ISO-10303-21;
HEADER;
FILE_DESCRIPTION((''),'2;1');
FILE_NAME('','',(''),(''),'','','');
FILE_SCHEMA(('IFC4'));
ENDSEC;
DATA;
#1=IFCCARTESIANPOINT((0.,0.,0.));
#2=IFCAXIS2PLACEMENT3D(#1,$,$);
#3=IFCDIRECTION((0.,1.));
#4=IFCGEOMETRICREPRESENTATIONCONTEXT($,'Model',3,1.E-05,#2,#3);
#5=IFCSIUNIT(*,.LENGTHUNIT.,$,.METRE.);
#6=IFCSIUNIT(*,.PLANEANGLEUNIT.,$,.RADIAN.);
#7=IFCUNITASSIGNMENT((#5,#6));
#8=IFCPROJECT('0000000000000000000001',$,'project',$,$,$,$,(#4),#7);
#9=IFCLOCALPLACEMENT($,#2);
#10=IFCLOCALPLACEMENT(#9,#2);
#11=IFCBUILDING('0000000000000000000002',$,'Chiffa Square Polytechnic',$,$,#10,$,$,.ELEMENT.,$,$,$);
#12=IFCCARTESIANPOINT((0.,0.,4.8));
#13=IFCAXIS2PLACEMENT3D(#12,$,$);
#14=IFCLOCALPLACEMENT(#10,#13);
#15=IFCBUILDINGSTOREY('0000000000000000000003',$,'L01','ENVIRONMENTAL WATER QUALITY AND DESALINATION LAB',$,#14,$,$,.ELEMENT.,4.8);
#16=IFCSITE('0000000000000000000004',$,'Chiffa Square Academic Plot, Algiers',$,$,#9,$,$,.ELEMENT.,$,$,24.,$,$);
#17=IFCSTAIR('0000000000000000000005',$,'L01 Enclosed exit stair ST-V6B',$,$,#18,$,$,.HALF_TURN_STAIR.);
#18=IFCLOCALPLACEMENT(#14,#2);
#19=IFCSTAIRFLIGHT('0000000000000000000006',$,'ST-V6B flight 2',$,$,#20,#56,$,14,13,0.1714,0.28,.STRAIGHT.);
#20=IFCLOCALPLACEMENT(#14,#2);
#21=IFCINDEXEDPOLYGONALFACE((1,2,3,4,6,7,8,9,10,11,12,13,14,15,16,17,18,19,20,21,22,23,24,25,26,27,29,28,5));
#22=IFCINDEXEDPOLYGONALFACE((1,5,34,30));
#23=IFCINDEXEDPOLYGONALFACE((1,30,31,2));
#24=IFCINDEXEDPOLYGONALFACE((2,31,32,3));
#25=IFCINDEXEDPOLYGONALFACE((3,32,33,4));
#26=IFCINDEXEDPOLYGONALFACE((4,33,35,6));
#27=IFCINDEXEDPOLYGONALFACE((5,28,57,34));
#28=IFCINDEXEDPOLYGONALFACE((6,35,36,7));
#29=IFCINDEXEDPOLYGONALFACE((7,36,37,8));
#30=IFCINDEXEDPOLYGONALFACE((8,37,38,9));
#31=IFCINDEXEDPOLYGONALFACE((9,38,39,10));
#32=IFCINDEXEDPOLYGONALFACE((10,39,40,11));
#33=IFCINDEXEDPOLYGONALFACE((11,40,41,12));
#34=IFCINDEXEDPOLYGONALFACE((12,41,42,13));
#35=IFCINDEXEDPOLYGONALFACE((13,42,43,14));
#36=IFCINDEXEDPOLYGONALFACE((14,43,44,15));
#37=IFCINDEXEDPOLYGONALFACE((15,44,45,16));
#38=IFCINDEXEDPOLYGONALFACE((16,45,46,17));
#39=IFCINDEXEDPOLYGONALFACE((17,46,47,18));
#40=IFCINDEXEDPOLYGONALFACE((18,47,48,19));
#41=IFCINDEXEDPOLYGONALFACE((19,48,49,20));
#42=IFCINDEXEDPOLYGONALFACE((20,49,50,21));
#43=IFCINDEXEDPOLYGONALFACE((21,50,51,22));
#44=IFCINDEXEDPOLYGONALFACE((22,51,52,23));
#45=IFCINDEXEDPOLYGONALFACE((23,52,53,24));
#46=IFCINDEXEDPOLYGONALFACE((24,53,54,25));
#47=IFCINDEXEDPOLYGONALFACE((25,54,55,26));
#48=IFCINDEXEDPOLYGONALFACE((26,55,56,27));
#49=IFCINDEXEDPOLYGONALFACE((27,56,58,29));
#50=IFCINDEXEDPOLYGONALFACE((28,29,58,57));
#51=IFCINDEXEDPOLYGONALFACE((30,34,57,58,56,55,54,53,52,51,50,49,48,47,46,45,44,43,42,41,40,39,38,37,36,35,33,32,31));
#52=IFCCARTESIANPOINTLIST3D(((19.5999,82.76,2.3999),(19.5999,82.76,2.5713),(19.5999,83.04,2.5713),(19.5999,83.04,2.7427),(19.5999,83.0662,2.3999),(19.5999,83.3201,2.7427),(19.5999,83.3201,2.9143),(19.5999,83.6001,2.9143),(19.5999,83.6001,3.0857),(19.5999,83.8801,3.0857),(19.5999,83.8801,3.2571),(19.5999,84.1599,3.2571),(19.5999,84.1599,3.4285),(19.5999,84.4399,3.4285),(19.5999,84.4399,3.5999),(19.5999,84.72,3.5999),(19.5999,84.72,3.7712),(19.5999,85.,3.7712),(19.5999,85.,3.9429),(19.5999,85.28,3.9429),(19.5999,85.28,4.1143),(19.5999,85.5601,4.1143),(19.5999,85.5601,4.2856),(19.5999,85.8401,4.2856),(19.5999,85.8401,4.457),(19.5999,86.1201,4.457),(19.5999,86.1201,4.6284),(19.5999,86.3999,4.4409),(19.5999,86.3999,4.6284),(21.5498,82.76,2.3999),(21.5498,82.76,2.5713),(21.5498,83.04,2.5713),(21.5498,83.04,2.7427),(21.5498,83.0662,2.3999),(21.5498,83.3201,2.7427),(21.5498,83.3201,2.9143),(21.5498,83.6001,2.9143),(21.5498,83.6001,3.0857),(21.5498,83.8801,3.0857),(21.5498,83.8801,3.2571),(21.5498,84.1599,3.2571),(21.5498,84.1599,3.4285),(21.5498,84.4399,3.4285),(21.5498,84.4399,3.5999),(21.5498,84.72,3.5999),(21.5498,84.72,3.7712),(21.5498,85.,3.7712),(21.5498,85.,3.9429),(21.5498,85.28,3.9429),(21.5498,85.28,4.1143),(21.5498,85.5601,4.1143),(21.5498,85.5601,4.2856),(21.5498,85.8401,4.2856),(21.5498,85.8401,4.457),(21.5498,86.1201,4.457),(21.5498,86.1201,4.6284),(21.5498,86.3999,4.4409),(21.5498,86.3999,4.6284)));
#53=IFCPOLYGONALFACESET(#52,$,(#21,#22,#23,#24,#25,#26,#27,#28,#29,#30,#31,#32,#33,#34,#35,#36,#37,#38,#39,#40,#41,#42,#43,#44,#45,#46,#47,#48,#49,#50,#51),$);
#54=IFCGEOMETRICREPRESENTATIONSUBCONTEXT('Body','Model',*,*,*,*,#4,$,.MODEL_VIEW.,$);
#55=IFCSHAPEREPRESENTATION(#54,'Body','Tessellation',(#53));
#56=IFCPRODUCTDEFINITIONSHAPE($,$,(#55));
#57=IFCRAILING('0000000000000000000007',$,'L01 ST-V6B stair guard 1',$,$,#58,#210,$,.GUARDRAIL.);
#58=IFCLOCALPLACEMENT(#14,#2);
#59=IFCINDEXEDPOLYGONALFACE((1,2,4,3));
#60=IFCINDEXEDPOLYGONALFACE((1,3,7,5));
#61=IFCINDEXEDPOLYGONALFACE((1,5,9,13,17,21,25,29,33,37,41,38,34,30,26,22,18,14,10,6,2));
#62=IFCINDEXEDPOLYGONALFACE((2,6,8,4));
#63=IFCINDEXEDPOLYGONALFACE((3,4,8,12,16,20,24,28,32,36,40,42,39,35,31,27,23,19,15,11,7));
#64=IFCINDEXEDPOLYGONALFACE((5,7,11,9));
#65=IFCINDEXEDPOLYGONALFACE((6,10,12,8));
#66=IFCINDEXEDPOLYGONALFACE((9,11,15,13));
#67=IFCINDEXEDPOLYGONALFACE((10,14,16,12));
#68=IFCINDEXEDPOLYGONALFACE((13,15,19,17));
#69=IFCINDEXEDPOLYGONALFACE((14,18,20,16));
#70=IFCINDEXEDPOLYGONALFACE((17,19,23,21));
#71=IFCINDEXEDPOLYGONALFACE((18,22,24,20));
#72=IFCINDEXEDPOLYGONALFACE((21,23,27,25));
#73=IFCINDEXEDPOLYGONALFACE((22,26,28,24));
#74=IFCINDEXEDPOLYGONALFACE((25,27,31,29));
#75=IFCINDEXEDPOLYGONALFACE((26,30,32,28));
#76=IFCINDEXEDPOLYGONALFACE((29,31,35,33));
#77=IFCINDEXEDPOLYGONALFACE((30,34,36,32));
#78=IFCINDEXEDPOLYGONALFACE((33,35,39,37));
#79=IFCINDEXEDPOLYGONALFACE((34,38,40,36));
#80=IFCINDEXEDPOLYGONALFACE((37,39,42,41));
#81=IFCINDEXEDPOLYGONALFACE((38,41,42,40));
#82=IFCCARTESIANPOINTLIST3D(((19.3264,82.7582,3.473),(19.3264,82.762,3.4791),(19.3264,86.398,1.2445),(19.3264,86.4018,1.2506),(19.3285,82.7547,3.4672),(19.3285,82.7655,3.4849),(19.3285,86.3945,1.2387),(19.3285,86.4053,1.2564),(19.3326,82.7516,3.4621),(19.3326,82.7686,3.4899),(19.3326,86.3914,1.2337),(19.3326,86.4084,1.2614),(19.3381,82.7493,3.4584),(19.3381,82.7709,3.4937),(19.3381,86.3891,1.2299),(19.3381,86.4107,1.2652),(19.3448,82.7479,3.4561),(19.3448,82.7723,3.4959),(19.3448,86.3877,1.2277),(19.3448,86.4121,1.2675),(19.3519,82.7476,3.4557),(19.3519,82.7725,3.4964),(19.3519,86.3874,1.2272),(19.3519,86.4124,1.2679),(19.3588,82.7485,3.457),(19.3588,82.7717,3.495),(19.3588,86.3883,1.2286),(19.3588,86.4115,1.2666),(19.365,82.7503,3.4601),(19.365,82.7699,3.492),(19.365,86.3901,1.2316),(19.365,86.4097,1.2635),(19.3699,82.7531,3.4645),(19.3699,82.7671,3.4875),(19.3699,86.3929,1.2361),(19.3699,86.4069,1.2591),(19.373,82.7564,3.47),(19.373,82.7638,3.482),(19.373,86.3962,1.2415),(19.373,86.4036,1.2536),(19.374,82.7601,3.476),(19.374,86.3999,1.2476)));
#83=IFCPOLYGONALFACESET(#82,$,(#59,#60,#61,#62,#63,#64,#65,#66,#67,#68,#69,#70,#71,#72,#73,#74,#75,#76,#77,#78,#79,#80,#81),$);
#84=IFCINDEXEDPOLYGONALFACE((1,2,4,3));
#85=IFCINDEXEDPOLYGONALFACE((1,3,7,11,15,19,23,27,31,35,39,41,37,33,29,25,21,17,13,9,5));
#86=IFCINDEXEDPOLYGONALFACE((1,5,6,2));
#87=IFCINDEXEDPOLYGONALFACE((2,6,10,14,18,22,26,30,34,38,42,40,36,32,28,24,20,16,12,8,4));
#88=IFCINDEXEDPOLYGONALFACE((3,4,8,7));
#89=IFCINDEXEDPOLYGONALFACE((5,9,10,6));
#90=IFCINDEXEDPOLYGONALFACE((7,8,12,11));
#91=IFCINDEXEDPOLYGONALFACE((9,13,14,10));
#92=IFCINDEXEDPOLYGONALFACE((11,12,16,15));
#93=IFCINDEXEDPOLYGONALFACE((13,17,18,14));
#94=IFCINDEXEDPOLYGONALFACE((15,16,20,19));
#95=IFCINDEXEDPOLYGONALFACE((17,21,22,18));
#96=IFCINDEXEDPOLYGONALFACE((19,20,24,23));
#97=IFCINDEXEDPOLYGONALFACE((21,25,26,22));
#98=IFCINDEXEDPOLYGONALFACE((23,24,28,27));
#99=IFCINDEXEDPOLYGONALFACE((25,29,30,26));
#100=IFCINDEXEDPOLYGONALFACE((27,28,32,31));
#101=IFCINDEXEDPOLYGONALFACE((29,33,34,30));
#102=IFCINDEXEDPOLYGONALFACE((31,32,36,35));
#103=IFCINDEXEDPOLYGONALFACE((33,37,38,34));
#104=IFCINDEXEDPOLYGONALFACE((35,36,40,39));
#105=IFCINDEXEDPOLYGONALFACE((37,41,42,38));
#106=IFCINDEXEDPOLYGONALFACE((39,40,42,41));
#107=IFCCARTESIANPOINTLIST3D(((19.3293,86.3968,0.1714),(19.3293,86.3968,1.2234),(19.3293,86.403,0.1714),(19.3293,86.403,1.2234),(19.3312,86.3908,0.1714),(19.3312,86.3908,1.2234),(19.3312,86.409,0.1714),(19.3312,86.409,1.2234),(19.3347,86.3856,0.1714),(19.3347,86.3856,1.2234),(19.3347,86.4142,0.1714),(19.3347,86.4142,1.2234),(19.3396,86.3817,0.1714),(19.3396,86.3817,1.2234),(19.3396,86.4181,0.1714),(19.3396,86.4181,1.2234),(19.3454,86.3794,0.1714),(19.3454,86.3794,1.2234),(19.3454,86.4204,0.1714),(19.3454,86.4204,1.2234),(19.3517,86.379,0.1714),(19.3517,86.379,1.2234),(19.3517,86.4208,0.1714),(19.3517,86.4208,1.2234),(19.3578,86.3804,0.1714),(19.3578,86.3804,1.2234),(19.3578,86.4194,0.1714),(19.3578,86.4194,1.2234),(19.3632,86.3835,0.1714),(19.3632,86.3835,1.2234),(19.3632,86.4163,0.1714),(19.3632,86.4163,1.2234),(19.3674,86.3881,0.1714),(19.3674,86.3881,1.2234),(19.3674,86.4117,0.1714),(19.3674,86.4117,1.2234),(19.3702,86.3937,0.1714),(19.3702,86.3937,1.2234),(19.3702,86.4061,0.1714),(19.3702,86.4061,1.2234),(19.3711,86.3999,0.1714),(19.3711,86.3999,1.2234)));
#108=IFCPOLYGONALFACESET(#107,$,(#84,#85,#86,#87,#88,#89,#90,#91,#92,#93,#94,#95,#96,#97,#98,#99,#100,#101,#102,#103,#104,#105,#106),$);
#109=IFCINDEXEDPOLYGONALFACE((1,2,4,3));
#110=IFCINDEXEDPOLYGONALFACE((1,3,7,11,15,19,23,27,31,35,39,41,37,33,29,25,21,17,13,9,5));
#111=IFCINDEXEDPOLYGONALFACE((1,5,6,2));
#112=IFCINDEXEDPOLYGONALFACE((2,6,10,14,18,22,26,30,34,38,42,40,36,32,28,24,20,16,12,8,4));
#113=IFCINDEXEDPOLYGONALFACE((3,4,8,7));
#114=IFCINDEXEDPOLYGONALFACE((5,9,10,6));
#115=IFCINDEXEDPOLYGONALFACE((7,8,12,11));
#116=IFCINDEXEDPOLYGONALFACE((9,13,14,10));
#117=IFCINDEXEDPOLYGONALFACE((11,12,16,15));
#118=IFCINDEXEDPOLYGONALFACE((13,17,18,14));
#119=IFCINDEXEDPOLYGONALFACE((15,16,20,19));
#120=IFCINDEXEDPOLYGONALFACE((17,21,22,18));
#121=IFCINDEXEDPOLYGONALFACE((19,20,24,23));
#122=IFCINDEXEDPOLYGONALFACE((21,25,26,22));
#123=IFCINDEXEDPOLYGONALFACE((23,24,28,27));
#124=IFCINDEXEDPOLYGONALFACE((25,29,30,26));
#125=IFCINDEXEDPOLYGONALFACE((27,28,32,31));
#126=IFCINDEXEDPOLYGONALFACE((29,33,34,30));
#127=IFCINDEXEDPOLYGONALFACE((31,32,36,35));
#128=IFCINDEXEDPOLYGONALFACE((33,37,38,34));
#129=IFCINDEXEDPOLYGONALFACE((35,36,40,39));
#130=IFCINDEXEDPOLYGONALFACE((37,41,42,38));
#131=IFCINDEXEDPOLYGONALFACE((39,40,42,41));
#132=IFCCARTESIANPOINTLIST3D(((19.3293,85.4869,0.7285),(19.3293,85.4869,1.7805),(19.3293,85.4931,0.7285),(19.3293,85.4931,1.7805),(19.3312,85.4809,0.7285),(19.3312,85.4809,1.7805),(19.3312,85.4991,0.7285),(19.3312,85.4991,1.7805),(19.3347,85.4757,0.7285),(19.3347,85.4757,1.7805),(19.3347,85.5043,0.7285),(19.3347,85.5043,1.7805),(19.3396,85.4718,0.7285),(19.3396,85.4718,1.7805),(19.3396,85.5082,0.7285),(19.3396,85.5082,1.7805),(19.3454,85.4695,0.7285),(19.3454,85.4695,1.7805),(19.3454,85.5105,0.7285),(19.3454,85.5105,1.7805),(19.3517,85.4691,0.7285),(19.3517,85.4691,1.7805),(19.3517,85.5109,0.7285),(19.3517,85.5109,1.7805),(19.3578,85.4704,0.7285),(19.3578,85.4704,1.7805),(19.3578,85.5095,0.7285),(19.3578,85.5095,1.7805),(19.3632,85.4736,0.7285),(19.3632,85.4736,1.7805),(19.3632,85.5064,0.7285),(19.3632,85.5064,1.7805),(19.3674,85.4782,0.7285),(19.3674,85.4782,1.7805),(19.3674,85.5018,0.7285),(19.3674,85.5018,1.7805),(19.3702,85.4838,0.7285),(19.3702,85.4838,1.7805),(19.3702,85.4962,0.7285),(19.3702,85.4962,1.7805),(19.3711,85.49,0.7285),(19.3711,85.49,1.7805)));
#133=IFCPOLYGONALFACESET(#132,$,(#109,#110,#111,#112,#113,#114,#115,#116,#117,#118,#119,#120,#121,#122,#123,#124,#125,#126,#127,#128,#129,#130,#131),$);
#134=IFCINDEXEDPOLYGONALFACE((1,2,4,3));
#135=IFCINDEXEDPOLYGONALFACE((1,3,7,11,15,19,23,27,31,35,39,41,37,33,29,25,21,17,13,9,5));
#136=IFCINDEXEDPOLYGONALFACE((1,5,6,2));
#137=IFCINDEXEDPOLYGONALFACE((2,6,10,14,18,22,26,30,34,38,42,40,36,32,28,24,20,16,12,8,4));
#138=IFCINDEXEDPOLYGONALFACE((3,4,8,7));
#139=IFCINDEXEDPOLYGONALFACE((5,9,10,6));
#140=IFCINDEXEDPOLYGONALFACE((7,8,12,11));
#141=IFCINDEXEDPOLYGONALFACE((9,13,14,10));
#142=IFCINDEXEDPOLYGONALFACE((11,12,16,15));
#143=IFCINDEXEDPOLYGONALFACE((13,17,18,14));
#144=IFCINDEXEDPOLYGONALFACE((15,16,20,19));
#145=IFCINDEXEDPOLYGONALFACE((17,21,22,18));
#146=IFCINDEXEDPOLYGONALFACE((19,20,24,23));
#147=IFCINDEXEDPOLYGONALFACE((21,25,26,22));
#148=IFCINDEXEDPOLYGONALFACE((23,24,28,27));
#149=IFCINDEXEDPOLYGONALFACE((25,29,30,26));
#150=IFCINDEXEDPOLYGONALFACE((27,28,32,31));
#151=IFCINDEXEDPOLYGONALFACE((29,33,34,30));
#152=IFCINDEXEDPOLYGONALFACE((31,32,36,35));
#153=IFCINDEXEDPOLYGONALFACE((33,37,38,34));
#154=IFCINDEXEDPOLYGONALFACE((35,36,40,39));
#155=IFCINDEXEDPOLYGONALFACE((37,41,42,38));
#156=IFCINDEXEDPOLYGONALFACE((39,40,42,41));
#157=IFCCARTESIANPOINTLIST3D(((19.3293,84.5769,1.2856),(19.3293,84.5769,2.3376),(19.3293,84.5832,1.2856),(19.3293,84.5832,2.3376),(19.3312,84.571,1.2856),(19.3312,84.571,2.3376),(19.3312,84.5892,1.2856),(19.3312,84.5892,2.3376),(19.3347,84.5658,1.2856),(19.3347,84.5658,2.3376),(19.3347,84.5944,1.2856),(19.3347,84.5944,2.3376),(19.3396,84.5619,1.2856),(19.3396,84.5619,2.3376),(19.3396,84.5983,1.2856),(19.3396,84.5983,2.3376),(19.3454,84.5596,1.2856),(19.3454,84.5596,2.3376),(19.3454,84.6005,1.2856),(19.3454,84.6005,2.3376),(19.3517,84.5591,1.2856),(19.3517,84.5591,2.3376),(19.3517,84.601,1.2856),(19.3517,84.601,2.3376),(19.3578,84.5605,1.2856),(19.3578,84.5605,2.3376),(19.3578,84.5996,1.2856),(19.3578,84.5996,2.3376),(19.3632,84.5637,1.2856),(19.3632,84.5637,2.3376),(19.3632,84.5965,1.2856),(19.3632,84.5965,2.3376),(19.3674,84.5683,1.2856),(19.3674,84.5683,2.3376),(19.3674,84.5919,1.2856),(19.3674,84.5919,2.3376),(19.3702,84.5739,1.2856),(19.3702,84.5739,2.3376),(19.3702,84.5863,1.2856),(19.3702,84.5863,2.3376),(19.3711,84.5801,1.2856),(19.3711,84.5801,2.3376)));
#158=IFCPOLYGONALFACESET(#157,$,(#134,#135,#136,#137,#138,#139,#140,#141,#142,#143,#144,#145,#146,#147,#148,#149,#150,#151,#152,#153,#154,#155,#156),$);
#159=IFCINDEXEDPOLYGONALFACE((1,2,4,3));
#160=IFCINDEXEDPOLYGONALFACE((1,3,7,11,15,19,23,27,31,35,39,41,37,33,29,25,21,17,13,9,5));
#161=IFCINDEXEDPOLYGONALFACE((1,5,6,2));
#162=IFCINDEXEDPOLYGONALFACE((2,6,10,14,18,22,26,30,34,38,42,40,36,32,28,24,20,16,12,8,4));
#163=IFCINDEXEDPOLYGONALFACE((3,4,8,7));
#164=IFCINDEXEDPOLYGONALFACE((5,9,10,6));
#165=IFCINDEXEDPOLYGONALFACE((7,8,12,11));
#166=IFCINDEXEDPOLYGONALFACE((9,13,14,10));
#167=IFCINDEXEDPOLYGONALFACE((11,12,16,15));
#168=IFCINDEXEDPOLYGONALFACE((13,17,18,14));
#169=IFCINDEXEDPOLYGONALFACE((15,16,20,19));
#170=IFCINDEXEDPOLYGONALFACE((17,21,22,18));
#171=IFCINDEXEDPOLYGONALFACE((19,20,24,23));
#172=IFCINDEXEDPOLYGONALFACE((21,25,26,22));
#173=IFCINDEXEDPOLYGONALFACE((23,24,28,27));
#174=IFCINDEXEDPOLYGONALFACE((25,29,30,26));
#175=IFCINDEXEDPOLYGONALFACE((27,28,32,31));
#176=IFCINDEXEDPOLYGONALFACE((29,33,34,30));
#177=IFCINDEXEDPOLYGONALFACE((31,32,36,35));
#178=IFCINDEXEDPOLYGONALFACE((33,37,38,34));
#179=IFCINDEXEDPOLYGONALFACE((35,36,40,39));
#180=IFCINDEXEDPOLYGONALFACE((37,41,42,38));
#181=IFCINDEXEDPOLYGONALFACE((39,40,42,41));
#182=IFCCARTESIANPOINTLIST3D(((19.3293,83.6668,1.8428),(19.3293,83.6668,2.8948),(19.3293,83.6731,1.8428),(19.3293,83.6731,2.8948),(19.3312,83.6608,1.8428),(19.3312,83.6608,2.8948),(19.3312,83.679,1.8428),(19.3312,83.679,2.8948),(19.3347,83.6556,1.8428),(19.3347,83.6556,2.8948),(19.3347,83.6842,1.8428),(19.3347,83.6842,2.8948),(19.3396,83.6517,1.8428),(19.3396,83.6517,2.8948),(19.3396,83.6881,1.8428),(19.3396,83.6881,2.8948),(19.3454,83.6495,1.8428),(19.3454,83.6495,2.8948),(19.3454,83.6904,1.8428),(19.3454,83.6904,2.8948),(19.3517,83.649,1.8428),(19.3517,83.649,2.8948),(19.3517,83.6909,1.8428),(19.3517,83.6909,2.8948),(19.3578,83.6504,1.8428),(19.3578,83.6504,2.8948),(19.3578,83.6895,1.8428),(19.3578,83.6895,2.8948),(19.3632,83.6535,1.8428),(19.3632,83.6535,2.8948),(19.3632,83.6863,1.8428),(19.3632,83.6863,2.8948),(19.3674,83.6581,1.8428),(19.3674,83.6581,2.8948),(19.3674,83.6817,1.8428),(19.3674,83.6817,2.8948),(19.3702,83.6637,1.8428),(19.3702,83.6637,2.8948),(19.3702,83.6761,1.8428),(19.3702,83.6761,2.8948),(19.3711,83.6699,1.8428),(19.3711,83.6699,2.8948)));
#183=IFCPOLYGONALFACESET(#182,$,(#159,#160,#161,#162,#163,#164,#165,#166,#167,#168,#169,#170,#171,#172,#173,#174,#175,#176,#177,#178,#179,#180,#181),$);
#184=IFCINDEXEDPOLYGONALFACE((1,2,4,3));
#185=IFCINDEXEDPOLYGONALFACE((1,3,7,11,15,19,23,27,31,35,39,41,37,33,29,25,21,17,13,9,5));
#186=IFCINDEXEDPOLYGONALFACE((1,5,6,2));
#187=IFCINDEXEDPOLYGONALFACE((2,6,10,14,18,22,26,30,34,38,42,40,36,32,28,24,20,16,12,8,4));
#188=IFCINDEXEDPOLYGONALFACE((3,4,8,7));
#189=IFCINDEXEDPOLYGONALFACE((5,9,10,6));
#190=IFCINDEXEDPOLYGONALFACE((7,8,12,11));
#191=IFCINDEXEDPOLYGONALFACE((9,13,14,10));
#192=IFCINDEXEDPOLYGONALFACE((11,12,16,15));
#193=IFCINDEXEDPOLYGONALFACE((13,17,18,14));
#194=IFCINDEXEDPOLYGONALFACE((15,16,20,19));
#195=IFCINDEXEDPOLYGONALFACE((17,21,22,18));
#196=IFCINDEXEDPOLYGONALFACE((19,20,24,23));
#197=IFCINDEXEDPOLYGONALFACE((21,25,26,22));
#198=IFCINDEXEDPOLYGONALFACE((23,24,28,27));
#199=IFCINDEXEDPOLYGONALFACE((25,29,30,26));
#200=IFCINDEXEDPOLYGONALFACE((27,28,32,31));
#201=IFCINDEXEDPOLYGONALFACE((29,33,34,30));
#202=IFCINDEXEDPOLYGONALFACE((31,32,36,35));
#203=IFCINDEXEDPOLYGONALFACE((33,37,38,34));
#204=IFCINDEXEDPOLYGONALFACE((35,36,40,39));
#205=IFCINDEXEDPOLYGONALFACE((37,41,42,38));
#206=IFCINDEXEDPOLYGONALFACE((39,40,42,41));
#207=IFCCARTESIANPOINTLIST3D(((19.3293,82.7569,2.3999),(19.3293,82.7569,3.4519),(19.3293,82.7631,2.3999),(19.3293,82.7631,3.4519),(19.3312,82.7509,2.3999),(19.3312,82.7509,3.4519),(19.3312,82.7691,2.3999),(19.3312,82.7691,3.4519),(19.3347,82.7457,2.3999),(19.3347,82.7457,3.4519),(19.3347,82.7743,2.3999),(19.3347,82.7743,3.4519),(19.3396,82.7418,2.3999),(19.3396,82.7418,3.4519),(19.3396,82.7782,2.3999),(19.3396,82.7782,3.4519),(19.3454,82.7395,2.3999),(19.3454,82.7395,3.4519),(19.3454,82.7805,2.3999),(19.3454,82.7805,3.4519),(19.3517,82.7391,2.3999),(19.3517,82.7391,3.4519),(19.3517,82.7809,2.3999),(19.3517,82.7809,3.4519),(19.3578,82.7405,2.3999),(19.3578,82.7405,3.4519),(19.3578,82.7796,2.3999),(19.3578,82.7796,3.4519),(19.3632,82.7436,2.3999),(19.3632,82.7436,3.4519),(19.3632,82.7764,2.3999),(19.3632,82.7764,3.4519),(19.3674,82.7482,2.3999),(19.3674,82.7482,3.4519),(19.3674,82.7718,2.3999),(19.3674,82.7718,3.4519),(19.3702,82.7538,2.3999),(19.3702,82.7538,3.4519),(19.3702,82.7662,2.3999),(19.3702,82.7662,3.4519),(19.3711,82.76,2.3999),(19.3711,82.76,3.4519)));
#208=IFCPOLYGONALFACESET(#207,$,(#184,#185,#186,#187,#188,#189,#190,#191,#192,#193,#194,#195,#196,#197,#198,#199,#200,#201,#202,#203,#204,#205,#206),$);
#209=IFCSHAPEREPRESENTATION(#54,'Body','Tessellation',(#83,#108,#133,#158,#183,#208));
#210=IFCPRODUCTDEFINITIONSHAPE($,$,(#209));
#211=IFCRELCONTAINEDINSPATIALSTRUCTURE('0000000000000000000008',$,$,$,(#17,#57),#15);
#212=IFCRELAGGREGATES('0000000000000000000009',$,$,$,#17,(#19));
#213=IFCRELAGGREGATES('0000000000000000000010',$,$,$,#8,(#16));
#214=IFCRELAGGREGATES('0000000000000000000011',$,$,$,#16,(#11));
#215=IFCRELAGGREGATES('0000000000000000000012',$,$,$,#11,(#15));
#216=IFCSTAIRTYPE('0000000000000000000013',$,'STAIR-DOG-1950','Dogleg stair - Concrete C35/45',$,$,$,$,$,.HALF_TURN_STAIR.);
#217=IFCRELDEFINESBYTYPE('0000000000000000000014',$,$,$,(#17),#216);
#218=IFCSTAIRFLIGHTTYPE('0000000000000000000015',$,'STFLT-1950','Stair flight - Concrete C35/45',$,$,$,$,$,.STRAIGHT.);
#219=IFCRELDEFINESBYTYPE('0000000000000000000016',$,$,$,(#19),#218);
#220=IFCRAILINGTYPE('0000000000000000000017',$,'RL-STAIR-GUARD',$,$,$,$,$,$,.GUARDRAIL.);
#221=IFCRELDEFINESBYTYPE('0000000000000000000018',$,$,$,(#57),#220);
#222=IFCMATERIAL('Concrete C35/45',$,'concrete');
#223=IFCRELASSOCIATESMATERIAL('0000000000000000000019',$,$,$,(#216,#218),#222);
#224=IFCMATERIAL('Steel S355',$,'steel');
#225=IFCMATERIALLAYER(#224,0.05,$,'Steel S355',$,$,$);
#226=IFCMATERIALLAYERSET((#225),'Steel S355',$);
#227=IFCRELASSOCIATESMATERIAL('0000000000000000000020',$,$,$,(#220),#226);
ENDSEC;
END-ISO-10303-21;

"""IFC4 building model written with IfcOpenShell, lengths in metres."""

from ifc_helpers import new_model, si_unit, direction, frame, origin, origin_2d, place, context, subcontext, project, spatial, polyline, circle, outline, extrude, material, layer, layer_set, type_object, element, aggregate, save


model = new_model("IFC4")

# Units and contexts
model_context = context("Model", 3, precision=1e-05, world=origin(), true_north=direction((0.0, 1.0)))
body_context = subcontext(model_context, "Body", "Model", "MODEL_VIEW")
ifc_project = project(units=[si_unit("LENGTHUNIT", "METRE"), si_unit("PLANEANGLEUNIT", "RADIAN")], contexts=[model_context])

# Site, building, storey
site_placement = place(None, origin())
site = spatial("IfcSite", under=ifc_project, at=site_placement, Name="Chiffa Square Academic Plot, Algiers", CompositionType="ELEMENT", RefElevation=24.0)
building_placement = place(site_placement, origin())
building = spatial("IfcBuilding", under=site, at=building_placement, Name="Chiffa Square Polytechnic", CompositionType="ELEMENT")
storey_placement = place(building_placement, frame((0.0, 0.0, 4.8)))
storey = spatial("IfcBuildingStorey", under=building, at=storey_placement, Name="L01", Description="ENVIRONMENTAL WATER QUALITY AND DESALINATION LAB", CompositionType="ELEMENT", Elevation=4.8)

# Shared definitions
ifc_material_1 = material(Name="Concrete C35/45", Category="concrete")

# Stair, stair flight
stair_type = type_object("IfcStairType", Name="STAIR-DOG-1950", Description="Dogleg stair - Concrete C35/45", PredefinedType="HALF_TURN_STAIR", material=ifc_material_1)
stair_placement = place(storey_placement, origin())
stair = element("IfcStair", 1, at=stair_placement, inside=storey, type_object=stair_type, Name="L01 Enclosed exit stair ST-V6B", PredefinedType="HALF_TURN_STAIR")
stair_flight_type = type_object("IfcStairFlightType", Name="STFLT-1950", Description="Stair flight - Concrete C35/45", PredefinedType="STRAIGHT", material=ifc_material_1)
stair_flight_1_placement = place(storey_placement, frame((20.575, 82.76, 2.3999), z_axis=(0.0, 0.0, 1.0), x_axis=(0.0, 1.0, 0.0)))
stair_flight_1 = element("IfcStairFlight", 2, at=stair_flight_1_placement, type_object=stair_flight_type, Name="ST-V6B flight 2", NumberOfRisers=14, NumberOfTreads=13, PredefinedType="STRAIGHT", RiserHeight=0.1714, TreadLength=0.28, context=body_context, shape_type="SweptSolid", body=[
    extrude(outline(polyline([(0.0, 0.0), (0.0, 0.1714), (0.28, 0.1714), (0.28, 0.3428), (0.5601, 0.3428), (0.5601, 0.5144), (0.8401, 0.5144), (0.8401, 0.6858), (1.1201, 0.6858), (1.1201, 0.8572), (1.3999, 0.8572), (1.3999, 1.0286), (1.6799, 1.0286), (1.6799, 1.2), (1.96, 1.2), (1.96, 1.3713), (2.24, 1.3713), (2.24, 1.543), (2.52, 1.543), (2.52, 1.7144), (2.8, 1.7144), (2.8, 1.8857), (3.0801, 1.8857), (3.0801, 2.0571), (3.3601, 2.0571), (3.3601, 2.2285), (3.6399, 2.2285), (3.6399, 2.3999), (3.6399, 2.041), (0.3062, 0.0), (0.0, 0.0)])), frame((0.0, 0.9751, 0.0), z_axis=(0.0, -1.0, 0.0), x_axis=(1.0, 0.0, 0.0)), (0.0, 0.0, 1.0), 1.95),
])
aggregate(stair, [stair_flight_1])

# Railing
ifc_material_2 = material(Name="Steel S355", Category="steel")
ifc_layer_1 = layer(ifc_material_2, 0.05, Name="Steel S355")
ifc_layer_set_1 = layer_set([ifc_layer_1], Name="Steel S355")
railing_type_1 = type_object("IfcRailingType", Name="RL-STAIR-GUARD", PredefinedType="GUARDRAIL", material=ifc_layer_set_1)
railing_1_placement = place(storey_placement, frame((19.3501, 86.3999, 0.1714)))
element("IfcRailing", 3, at=railing_1_placement, inside=storey, type_object=railing_type_1, Name="L01 ST-V6B stair guard 1", PredefinedType="GUARDRAIL", context=body_context, shape_type="SweptSolid", body=[
    extrude(circle(Radius=0.0239, at=origin_2d()), frame((0.0, 0.0, 1.0762), z_axis=(0.0, -0.85285, 0.522156), x_axis=(1.0, 0.0, 0.0)), (0.0, 0.0, 1.0), 4.2678),
    extrude(circle(Radius=0.021, at=origin_2d()), origin(), (0.0, 0.0, 1.0), 1.052),
    extrude(circle(Radius=0.021, at=origin_2d()), frame((0.0, -0.9099, 0.5571)), (0.0, 0.0, 1.0), 1.052),
    extrude(circle(Radius=0.021, at=origin_2d()), frame((0.0, -1.8198, 1.1143)), (0.0, 0.0, 1.0), 1.052),
    extrude(circle(Radius=0.021, at=origin_2d()), frame((0.0, -2.73, 1.6714)), (0.0, 0.0, 1.0), 1.052),
    extrude(circle(Radius=0.021, at=origin_2d()), frame((0.0, -3.6399, 2.2285)), (0.0, 0.0, 1.0), 1.052),
])

save(model, "model.ifc")
